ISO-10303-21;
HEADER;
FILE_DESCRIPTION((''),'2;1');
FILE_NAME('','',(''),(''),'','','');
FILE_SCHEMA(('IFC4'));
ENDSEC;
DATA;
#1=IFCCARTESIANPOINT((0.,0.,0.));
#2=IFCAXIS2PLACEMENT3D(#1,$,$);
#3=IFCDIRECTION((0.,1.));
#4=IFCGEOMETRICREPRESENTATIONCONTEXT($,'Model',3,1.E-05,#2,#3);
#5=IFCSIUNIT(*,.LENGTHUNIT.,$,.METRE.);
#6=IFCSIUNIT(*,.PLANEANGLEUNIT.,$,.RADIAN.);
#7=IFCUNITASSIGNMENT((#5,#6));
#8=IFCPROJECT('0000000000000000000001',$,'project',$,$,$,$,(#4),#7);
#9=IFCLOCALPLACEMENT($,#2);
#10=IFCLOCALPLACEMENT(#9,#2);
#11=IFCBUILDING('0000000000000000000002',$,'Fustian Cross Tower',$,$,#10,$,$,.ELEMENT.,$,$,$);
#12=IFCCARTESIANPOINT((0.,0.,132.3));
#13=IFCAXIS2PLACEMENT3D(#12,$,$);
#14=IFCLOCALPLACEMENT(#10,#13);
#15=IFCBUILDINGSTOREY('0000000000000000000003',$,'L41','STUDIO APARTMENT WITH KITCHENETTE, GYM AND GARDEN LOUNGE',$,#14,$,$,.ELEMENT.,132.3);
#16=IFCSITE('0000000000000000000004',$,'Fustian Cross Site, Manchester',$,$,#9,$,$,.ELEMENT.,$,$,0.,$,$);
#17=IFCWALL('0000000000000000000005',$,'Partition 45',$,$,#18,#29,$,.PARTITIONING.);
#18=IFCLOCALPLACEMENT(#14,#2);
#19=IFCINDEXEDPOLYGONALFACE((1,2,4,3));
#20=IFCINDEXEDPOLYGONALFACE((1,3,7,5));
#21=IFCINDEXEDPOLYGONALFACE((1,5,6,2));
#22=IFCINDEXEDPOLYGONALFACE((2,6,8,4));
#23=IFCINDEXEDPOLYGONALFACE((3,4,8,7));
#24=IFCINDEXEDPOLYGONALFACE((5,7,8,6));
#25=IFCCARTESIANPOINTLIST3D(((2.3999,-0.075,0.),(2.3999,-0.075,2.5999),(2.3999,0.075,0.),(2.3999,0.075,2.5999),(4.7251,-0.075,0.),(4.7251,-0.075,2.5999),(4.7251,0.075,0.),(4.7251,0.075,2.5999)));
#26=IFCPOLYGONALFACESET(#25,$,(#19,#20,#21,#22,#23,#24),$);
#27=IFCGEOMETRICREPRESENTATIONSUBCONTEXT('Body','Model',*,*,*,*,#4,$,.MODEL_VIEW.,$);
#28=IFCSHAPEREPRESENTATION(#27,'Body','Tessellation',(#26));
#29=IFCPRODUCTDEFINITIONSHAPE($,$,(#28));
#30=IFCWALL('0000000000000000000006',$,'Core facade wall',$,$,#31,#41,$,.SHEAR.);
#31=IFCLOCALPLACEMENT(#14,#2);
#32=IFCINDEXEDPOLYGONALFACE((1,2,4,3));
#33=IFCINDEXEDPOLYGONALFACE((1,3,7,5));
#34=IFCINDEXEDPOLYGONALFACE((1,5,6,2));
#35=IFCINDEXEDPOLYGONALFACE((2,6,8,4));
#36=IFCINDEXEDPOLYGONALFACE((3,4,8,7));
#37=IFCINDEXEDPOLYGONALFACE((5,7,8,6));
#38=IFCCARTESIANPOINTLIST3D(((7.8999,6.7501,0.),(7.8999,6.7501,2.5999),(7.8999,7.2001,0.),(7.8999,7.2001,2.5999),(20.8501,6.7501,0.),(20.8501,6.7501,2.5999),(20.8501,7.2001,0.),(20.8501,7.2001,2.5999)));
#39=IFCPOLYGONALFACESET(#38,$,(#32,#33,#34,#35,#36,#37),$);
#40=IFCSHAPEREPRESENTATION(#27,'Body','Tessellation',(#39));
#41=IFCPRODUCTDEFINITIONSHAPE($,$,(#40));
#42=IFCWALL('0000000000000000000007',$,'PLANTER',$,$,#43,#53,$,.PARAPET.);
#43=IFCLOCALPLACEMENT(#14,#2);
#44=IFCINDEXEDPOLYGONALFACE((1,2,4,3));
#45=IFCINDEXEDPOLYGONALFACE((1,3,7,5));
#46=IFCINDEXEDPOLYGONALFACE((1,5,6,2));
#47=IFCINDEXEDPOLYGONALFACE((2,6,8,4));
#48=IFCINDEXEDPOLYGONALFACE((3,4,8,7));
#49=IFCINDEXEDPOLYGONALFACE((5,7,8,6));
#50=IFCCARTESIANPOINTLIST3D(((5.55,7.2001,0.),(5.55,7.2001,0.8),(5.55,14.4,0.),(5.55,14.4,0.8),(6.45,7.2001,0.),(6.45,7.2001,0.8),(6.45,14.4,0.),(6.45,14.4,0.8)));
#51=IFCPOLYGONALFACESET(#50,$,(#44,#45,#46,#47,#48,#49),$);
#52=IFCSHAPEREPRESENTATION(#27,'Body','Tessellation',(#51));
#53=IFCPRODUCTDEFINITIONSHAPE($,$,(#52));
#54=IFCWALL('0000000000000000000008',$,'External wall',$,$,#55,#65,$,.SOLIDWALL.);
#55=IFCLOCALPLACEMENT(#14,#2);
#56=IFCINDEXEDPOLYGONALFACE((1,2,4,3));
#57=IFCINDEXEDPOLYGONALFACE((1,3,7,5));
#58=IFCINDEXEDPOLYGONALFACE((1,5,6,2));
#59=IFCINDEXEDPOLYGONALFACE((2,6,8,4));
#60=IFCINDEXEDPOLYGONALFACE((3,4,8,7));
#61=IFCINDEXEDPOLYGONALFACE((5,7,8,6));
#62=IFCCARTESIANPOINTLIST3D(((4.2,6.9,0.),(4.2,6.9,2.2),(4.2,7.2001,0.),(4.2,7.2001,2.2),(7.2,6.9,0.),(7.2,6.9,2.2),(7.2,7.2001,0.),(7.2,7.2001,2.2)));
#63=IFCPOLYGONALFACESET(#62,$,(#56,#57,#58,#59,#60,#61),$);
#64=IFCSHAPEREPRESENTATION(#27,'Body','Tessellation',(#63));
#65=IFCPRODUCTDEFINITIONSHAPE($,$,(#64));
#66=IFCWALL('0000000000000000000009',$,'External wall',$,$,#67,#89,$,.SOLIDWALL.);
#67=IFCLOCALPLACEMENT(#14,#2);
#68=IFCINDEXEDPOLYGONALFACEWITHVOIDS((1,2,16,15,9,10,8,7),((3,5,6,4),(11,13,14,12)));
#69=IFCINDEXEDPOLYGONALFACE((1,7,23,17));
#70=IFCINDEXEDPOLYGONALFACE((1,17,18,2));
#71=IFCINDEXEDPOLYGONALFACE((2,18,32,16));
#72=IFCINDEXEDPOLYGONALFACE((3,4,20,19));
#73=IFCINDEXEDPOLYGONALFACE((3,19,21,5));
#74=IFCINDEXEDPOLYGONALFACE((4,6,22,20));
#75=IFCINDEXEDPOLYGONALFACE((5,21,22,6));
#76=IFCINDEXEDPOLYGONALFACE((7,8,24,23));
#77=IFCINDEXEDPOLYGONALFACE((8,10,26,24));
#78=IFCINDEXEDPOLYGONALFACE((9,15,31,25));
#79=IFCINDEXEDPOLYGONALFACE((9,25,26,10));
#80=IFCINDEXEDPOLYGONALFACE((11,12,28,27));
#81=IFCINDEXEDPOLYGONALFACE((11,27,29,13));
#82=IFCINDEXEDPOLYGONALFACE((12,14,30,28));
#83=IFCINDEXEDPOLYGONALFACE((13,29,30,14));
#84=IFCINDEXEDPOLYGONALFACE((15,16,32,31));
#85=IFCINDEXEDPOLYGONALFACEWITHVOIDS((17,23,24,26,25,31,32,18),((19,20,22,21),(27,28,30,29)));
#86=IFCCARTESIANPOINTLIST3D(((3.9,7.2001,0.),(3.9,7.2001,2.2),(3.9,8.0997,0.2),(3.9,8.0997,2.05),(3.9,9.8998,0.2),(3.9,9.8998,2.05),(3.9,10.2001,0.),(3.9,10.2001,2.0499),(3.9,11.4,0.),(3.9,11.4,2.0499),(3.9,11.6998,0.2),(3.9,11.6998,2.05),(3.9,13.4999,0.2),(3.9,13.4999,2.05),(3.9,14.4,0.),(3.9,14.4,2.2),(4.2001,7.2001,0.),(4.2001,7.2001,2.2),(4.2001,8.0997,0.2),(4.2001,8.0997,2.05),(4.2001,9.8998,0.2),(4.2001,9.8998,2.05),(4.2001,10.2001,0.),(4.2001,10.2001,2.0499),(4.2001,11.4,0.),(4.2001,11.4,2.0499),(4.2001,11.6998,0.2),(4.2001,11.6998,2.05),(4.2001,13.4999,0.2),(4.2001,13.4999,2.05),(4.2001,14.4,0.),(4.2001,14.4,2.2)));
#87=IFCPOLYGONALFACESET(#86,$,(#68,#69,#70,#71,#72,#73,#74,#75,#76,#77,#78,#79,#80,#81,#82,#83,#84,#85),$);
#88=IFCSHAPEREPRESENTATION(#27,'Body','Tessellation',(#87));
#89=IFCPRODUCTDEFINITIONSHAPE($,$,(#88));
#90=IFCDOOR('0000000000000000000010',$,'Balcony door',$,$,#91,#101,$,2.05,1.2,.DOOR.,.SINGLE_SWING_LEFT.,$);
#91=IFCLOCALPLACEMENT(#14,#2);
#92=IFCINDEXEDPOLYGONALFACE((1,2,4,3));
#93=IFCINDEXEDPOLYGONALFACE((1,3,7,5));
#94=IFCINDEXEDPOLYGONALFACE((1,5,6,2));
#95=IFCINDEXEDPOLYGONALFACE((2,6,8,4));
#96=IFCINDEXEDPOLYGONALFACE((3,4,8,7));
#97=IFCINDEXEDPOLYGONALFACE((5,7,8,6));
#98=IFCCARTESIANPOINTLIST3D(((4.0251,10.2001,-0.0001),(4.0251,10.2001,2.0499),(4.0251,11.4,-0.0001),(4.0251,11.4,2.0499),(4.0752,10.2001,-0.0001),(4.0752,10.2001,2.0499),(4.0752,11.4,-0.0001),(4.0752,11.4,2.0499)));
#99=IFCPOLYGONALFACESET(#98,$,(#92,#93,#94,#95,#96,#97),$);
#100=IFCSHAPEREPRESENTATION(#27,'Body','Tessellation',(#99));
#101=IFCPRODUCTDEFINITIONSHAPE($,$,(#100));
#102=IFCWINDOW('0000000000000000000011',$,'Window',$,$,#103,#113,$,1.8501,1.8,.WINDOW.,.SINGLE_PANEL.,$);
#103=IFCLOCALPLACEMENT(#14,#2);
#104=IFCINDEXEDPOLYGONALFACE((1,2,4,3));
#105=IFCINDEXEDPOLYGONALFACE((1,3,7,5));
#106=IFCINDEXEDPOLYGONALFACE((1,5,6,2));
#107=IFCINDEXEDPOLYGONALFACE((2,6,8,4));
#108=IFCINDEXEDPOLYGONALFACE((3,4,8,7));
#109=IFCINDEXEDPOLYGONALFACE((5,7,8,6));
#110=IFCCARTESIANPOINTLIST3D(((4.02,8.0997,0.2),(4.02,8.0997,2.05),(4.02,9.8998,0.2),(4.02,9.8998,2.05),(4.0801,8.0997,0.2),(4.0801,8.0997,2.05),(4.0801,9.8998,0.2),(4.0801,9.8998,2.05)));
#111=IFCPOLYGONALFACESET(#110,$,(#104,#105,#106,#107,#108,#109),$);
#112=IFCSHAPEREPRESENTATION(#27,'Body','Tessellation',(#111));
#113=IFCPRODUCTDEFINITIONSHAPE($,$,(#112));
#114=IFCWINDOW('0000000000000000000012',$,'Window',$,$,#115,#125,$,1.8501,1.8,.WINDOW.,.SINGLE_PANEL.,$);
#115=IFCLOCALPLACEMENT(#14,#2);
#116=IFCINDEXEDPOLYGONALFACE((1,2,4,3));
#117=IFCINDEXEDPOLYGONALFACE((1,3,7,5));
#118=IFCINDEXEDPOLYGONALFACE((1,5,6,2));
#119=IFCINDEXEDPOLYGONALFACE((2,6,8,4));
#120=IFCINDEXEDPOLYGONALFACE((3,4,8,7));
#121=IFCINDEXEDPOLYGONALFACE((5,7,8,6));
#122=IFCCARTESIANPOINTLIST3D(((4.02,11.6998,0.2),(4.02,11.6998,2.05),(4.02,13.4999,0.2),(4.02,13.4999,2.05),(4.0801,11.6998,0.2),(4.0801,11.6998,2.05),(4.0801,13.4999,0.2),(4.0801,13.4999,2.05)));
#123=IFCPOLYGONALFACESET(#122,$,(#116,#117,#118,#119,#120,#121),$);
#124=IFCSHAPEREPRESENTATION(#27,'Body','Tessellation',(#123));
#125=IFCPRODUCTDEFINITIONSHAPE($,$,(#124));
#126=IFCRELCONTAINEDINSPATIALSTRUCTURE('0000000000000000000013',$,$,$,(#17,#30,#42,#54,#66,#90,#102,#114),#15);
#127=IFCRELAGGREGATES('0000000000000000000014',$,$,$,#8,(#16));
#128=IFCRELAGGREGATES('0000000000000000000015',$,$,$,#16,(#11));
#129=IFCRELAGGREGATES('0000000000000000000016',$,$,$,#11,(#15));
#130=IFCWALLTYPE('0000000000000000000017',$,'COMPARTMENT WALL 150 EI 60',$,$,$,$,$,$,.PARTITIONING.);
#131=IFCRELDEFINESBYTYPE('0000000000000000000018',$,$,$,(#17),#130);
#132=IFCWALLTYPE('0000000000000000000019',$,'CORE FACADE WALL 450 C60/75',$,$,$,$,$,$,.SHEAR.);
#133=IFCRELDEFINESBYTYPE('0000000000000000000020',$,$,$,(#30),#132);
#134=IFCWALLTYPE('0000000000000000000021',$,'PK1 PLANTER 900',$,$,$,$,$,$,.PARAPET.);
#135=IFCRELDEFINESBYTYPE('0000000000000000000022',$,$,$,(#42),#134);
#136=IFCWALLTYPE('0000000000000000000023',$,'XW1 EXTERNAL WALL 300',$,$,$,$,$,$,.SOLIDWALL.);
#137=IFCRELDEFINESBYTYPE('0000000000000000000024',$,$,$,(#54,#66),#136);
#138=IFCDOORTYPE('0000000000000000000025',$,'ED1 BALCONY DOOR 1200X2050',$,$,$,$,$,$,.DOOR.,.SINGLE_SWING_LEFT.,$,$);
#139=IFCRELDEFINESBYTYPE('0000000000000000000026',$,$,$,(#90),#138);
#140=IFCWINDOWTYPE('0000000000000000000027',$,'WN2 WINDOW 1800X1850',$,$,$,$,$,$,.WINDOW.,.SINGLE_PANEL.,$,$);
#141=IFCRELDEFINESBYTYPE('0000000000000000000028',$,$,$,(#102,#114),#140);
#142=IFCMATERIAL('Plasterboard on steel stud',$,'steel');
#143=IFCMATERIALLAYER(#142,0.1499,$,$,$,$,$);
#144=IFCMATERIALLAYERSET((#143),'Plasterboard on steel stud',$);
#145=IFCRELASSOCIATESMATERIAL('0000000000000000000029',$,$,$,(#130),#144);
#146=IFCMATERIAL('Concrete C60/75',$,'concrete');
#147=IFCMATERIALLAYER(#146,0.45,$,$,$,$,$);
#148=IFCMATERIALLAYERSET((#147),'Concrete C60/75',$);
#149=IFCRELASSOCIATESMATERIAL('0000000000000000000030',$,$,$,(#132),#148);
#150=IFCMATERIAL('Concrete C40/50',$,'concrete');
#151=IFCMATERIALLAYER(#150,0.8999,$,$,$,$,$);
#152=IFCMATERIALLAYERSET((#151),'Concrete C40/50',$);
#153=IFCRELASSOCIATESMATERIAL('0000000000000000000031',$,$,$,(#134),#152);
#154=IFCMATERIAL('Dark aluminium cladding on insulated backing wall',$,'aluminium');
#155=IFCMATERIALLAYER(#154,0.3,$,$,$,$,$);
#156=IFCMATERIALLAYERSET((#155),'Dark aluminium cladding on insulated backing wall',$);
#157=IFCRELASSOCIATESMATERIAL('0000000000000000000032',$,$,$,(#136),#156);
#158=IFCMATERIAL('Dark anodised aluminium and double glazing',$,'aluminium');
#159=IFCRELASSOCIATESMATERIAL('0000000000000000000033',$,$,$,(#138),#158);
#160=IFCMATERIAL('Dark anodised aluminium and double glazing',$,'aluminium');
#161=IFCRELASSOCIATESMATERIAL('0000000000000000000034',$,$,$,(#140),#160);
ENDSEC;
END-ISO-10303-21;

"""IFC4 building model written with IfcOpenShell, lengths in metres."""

from ifc_helpers import new_model, si_unit, direction, frame, frame_2d, origin, place, context, subcontext, project, spatial, rectangle, extrude, material, layer, layer_set, type_object, element, fill, save


model = new_model("IFC4")

# Units and contexts
model_context = context("Model", 3, precision=1e-05, world=origin(), true_north=direction((0.0, 1.0)))
body_context = subcontext(model_context, "Body", "Model", "MODEL_VIEW")
ifc_project = project(units=[si_unit("LENGTHUNIT", "METRE"), si_unit("PLANEANGLEUNIT", "RADIAN")], contexts=[model_context])

# Site, building, storey
site_placement = place(None, origin())
site = spatial("IfcSite", under=ifc_project, at=site_placement, Name="Fustian Cross Site, Manchester", CompositionType="ELEMENT", RefElevation=0.0)
building_placement = place(site_placement, origin())
building = spatial("IfcBuilding", under=site, at=building_placement, Name="Fustian Cross Tower", CompositionType="ELEMENT")
storey_placement = place(building_placement, frame((0.0, 0.0, 132.3)))
storey = spatial("IfcBuildingStorey", under=building, at=storey_placement, Name="L41", Description="STUDIO APARTMENT WITH KITCHENETTE, GYM AND GARDEN LOUNGE", CompositionType="ELEMENT", Elevation=132.3)

# Shared definitions
ifc_material_1 = material(Name="Plasterboard on steel stud", Category="steel")
ifc_layer_1 = layer(ifc_material_1, 0.1499)
ifc_layer_set_1 = layer_set([ifc_layer_1], Name="Plasterboard on steel stud")
wall_type_1 = type_object("IfcWallType", Name="COMPARTMENT WALL 150 EI 60", PredefinedType="PARTITIONING", material=ifc_layer_set_1)

# Walls
wall_1_placement = place(storey_placement, frame((2.3999, 0.0, 0.0), z_axis=(0.0, 0.0, 1.0), x_axis=(1.0, 0.0, 0.0)))
element("IfcWall", 1, at=wall_1_placement, inside=storey, type_object=wall_type_1, Name="Partition 45", PredefinedType="PARTITIONING", context=body_context, shape_type="SweptSolid", body=[
    extrude(rectangle(XDim=2.3252, YDim=0.1499, at=frame_2d((1.1626, 0.0))), origin(), (0.0, 0.0, 1.0), 2.5999),
])
ifc_material_2 = material(Name="Concrete C60/75", Category="concrete")
ifc_layer_2 = layer(ifc_material_2, 0.45)
ifc_layer_set_2 = layer_set([ifc_layer_2], Name="Concrete C60/75")
wall_type_2 = type_object("IfcWallType", Name="CORE FACADE WALL 450 C60/75", PredefinedType="SHEAR", material=ifc_layer_set_2)
wall_2_placement = place(storey_placement, frame((7.8999, 6.9751, 0.0), z_axis=(0.0, 0.0, 1.0), x_axis=(1.0, 0.0, 0.0)))
element("IfcWall", 2, at=wall_2_placement, inside=storey, type_object=wall_type_2, Name="Core facade wall", PredefinedType="SHEAR", context=body_context, shape_type="SweptSolid", body=[
    extrude(rectangle(XDim=12.9502, YDim=0.45, at=frame_2d((6.4751, 0.0))), origin(), (0.0, 0.0, 1.0), 2.5999),
])
ifc_material_3 = material(Name="Concrete C40/50", Category="concrete")
ifc_layer_3 = layer(ifc_material_3, 0.8999)
ifc_layer_set_3 = layer_set([ifc_layer_3], Name="Concrete C40/50")
wall_type_3 = type_object("IfcWallType", Name="PK1 PLANTER 900", PredefinedType="PARAPET", material=ifc_layer_set_3)
wall_3_placement = place(storey_placement, frame((6.0, 7.2, 0.0), z_axis=(0.0, 0.0, 1.0), x_axis=(0.0, 1.0, 0.0)))
element("IfcWall", 3, at=wall_3_placement, inside=storey, type_object=wall_type_3, Name="PLANTER", PredefinedType="PARAPET", context=body_context, shape_type="SweptSolid", body=[
    extrude(rectangle(XDim=7.2, YDim=0.8999, at=frame_2d((3.6001, 0.0))), origin(), (0.0, 0.0, 1.0), 0.8),
])
ifc_material_4 = material(Name="Dark aluminium cladding on insulated backing wall", Category="aluminium")
ifc_layer_4 = layer(ifc_material_4, 0.3)
ifc_layer_set_4 = layer_set([ifc_layer_4], Name="Dark aluminium cladding on insulated backing wall")
wall_type_4 = type_object("IfcWallType", Name="XW1 EXTERNAL WALL 300", PredefinedType="SOLIDWALL", material=ifc_layer_set_4)
wall_4_placement = place(storey_placement, frame((7.2, 7.05, 0.0), z_axis=(0.0, 0.0, 1.0), x_axis=(-1.0, 0.0, 0.0)))
element("IfcWall", 4, at=wall_4_placement, inside=storey, type_object=wall_type_4, Name="External wall", PredefinedType="SOLIDWALL", context=body_context, shape_type="SweptSolid", body=[
    extrude(rectangle(XDim=3.0, YDim=0.3, at=frame_2d((1.5, 0.0))), origin(), (0.0, 0.0, 1.0), 2.2),
])

# Wall, openings, door, windows
wall_5_placement = place(storey_placement, frame((4.05, 7.2, 0.0), z_axis=(0.0, 0.0, 1.0), x_axis=(0.0, 1.0, 0.0)))
wall_5 = element("IfcWall", 5, at=wall_5_placement, inside=storey, type_object=wall_type_4, Name="External wall", PredefinedType="SOLIDWALL", context=body_context, shape_type="SweptSolid", body=[
    extrude(rectangle(XDim=7.2, YDim=0.3, at=frame_2d((3.6001, 0.0))), origin(), (0.0, 0.0, 1.0), 2.2),
])
opening_1_placement = place(wall_5_placement, frame((3.0, 0.0, 0.0)))
opening_1 = element("IfcOpeningElement", 6, at=opening_1_placement, cuts=wall_5, PredefinedType="OPENING", context=body_context, shape_type="SweptSolid", body=[
    extrude(rectangle(XDim=1.2, YDim=2.05, at=frame_2d((0.6001, 1.0249))), frame((0.0, 0.1599, 0.0), z_axis=(0.0, -1.0, 0.0), x_axis=(1.0, 0.0, 0.0)), (0.0, 0.0, 1.0), 0.3201),
])
opening_2_placement = place(wall_5_placement, frame((0.8999, 0.0, 0.2)))
opening_2 = element("IfcOpeningElement", 7, at=opening_2_placement, cuts=wall_5, PredefinedType="OPENING", context=body_context, shape_type="SweptSolid", body=[
    extrude(rectangle(XDim=1.8, YDim=1.8501, at=frame_2d((0.8999, 0.925))), frame((0.0, 0.1599, 0.0), z_axis=(0.0, -1.0, 0.0), x_axis=(1.0, 0.0, 0.0)), (0.0, 0.0, 1.0), 0.3201),
])
opening_3_placement = place(wall_5_placement, frame((4.5, 0.0, 0.2)))
opening_3 = element("IfcOpeningElement", 8, at=opening_3_placement, cuts=wall_5, PredefinedType="OPENING", context=body_context, shape_type="SweptSolid", body=[
    extrude(rectangle(XDim=1.8, YDim=1.8501, at=frame_2d((0.8999, 0.925))), frame((0.0, 0.1599, 0.0), z_axis=(0.0, -1.0, 0.0), x_axis=(1.0, 0.0, 0.0)), (0.0, 0.0, 1.0), 0.3201),
])
ifc_material_5 = material(Name="Dark anodised aluminium and double glazing", Category="aluminium")
door_type_1 = type_object("IfcDoorType", Name="ED1 BALCONY DOOR 1200X2050", OperationType="SINGLE_SWING_LEFT", PredefinedType="DOOR", material=ifc_material_5)
door_1_placement = place(opening_1_placement, origin())
door_1 = element("IfcDoor", 9, at=door_1_placement, inside=storey, type_object=door_type_1, Name="Balcony door", OperationType="SINGLE_SWING_LEFT", OverallHeight=2.05, OverallWidth=1.2, PredefinedType="DOOR", context=body_context, shape_type="SweptSolid", body=[
    extrude(rectangle(XDim=1.2, YDim=2.05, at=frame_2d((0.6001, 1.0249))), frame((0.0, 0.0249, 0.0), z_axis=(0.0, -1.0, 0.0), x_axis=(1.0, 0.0, 0.0)), (0.0, 0.0, 1.0), 0.05),
])
fill(opening_1, door_1)
ifc_material_6 = material(Name="Dark anodised aluminium and double glazing", Category="aluminium")
window_type = type_object("IfcWindowType", Name="WN2 WINDOW 1800X1850", PartitioningType="SINGLE_PANEL", PredefinedType="WINDOW", material=ifc_material_6)
window_1_placement = place(opening_2_placement, origin())
window_1 = element("IfcWindow", 10, at=window_1_placement, inside=storey, type_object=window_type, Name="Window", OverallHeight=1.8501, OverallWidth=1.8, PartitioningType="SINGLE_PANEL", PredefinedType="WINDOW", context=body_context, shape_type="SweptSolid", body=[
    extrude(rectangle(XDim=1.8, YDim=1.8501, at=frame_2d((0.8999, 0.925))), frame((0.0, 0.03, 0.0), z_axis=(0.0, -1.0, 0.0), x_axis=(1.0, 0.0, 0.0)), (0.0, 0.0, 1.0), 0.0601),
])
fill(opening_2, window_1)
window_2_placement = place(opening_3_placement, origin())
window_2 = element("IfcWindow", 11, at=window_2_placement, inside=storey, type_object=window_type, Name="Window", OverallHeight=1.8501, OverallWidth=1.8, PartitioningType="SINGLE_PANEL", PredefinedType="WINDOW", context=body_context, shape_type="SweptSolid", body=[
    extrude(rectangle(XDim=1.8, YDim=1.8501, at=frame_2d((0.8999, 0.925))), frame((0.0, 0.03, 0.0), z_axis=(0.0, -1.0, 0.0), x_axis=(1.0, 0.0, 0.0)), (0.0, 0.0, 1.0), 0.0601),
])
fill(opening_3, window_2)

save(model, "model.ifc")
